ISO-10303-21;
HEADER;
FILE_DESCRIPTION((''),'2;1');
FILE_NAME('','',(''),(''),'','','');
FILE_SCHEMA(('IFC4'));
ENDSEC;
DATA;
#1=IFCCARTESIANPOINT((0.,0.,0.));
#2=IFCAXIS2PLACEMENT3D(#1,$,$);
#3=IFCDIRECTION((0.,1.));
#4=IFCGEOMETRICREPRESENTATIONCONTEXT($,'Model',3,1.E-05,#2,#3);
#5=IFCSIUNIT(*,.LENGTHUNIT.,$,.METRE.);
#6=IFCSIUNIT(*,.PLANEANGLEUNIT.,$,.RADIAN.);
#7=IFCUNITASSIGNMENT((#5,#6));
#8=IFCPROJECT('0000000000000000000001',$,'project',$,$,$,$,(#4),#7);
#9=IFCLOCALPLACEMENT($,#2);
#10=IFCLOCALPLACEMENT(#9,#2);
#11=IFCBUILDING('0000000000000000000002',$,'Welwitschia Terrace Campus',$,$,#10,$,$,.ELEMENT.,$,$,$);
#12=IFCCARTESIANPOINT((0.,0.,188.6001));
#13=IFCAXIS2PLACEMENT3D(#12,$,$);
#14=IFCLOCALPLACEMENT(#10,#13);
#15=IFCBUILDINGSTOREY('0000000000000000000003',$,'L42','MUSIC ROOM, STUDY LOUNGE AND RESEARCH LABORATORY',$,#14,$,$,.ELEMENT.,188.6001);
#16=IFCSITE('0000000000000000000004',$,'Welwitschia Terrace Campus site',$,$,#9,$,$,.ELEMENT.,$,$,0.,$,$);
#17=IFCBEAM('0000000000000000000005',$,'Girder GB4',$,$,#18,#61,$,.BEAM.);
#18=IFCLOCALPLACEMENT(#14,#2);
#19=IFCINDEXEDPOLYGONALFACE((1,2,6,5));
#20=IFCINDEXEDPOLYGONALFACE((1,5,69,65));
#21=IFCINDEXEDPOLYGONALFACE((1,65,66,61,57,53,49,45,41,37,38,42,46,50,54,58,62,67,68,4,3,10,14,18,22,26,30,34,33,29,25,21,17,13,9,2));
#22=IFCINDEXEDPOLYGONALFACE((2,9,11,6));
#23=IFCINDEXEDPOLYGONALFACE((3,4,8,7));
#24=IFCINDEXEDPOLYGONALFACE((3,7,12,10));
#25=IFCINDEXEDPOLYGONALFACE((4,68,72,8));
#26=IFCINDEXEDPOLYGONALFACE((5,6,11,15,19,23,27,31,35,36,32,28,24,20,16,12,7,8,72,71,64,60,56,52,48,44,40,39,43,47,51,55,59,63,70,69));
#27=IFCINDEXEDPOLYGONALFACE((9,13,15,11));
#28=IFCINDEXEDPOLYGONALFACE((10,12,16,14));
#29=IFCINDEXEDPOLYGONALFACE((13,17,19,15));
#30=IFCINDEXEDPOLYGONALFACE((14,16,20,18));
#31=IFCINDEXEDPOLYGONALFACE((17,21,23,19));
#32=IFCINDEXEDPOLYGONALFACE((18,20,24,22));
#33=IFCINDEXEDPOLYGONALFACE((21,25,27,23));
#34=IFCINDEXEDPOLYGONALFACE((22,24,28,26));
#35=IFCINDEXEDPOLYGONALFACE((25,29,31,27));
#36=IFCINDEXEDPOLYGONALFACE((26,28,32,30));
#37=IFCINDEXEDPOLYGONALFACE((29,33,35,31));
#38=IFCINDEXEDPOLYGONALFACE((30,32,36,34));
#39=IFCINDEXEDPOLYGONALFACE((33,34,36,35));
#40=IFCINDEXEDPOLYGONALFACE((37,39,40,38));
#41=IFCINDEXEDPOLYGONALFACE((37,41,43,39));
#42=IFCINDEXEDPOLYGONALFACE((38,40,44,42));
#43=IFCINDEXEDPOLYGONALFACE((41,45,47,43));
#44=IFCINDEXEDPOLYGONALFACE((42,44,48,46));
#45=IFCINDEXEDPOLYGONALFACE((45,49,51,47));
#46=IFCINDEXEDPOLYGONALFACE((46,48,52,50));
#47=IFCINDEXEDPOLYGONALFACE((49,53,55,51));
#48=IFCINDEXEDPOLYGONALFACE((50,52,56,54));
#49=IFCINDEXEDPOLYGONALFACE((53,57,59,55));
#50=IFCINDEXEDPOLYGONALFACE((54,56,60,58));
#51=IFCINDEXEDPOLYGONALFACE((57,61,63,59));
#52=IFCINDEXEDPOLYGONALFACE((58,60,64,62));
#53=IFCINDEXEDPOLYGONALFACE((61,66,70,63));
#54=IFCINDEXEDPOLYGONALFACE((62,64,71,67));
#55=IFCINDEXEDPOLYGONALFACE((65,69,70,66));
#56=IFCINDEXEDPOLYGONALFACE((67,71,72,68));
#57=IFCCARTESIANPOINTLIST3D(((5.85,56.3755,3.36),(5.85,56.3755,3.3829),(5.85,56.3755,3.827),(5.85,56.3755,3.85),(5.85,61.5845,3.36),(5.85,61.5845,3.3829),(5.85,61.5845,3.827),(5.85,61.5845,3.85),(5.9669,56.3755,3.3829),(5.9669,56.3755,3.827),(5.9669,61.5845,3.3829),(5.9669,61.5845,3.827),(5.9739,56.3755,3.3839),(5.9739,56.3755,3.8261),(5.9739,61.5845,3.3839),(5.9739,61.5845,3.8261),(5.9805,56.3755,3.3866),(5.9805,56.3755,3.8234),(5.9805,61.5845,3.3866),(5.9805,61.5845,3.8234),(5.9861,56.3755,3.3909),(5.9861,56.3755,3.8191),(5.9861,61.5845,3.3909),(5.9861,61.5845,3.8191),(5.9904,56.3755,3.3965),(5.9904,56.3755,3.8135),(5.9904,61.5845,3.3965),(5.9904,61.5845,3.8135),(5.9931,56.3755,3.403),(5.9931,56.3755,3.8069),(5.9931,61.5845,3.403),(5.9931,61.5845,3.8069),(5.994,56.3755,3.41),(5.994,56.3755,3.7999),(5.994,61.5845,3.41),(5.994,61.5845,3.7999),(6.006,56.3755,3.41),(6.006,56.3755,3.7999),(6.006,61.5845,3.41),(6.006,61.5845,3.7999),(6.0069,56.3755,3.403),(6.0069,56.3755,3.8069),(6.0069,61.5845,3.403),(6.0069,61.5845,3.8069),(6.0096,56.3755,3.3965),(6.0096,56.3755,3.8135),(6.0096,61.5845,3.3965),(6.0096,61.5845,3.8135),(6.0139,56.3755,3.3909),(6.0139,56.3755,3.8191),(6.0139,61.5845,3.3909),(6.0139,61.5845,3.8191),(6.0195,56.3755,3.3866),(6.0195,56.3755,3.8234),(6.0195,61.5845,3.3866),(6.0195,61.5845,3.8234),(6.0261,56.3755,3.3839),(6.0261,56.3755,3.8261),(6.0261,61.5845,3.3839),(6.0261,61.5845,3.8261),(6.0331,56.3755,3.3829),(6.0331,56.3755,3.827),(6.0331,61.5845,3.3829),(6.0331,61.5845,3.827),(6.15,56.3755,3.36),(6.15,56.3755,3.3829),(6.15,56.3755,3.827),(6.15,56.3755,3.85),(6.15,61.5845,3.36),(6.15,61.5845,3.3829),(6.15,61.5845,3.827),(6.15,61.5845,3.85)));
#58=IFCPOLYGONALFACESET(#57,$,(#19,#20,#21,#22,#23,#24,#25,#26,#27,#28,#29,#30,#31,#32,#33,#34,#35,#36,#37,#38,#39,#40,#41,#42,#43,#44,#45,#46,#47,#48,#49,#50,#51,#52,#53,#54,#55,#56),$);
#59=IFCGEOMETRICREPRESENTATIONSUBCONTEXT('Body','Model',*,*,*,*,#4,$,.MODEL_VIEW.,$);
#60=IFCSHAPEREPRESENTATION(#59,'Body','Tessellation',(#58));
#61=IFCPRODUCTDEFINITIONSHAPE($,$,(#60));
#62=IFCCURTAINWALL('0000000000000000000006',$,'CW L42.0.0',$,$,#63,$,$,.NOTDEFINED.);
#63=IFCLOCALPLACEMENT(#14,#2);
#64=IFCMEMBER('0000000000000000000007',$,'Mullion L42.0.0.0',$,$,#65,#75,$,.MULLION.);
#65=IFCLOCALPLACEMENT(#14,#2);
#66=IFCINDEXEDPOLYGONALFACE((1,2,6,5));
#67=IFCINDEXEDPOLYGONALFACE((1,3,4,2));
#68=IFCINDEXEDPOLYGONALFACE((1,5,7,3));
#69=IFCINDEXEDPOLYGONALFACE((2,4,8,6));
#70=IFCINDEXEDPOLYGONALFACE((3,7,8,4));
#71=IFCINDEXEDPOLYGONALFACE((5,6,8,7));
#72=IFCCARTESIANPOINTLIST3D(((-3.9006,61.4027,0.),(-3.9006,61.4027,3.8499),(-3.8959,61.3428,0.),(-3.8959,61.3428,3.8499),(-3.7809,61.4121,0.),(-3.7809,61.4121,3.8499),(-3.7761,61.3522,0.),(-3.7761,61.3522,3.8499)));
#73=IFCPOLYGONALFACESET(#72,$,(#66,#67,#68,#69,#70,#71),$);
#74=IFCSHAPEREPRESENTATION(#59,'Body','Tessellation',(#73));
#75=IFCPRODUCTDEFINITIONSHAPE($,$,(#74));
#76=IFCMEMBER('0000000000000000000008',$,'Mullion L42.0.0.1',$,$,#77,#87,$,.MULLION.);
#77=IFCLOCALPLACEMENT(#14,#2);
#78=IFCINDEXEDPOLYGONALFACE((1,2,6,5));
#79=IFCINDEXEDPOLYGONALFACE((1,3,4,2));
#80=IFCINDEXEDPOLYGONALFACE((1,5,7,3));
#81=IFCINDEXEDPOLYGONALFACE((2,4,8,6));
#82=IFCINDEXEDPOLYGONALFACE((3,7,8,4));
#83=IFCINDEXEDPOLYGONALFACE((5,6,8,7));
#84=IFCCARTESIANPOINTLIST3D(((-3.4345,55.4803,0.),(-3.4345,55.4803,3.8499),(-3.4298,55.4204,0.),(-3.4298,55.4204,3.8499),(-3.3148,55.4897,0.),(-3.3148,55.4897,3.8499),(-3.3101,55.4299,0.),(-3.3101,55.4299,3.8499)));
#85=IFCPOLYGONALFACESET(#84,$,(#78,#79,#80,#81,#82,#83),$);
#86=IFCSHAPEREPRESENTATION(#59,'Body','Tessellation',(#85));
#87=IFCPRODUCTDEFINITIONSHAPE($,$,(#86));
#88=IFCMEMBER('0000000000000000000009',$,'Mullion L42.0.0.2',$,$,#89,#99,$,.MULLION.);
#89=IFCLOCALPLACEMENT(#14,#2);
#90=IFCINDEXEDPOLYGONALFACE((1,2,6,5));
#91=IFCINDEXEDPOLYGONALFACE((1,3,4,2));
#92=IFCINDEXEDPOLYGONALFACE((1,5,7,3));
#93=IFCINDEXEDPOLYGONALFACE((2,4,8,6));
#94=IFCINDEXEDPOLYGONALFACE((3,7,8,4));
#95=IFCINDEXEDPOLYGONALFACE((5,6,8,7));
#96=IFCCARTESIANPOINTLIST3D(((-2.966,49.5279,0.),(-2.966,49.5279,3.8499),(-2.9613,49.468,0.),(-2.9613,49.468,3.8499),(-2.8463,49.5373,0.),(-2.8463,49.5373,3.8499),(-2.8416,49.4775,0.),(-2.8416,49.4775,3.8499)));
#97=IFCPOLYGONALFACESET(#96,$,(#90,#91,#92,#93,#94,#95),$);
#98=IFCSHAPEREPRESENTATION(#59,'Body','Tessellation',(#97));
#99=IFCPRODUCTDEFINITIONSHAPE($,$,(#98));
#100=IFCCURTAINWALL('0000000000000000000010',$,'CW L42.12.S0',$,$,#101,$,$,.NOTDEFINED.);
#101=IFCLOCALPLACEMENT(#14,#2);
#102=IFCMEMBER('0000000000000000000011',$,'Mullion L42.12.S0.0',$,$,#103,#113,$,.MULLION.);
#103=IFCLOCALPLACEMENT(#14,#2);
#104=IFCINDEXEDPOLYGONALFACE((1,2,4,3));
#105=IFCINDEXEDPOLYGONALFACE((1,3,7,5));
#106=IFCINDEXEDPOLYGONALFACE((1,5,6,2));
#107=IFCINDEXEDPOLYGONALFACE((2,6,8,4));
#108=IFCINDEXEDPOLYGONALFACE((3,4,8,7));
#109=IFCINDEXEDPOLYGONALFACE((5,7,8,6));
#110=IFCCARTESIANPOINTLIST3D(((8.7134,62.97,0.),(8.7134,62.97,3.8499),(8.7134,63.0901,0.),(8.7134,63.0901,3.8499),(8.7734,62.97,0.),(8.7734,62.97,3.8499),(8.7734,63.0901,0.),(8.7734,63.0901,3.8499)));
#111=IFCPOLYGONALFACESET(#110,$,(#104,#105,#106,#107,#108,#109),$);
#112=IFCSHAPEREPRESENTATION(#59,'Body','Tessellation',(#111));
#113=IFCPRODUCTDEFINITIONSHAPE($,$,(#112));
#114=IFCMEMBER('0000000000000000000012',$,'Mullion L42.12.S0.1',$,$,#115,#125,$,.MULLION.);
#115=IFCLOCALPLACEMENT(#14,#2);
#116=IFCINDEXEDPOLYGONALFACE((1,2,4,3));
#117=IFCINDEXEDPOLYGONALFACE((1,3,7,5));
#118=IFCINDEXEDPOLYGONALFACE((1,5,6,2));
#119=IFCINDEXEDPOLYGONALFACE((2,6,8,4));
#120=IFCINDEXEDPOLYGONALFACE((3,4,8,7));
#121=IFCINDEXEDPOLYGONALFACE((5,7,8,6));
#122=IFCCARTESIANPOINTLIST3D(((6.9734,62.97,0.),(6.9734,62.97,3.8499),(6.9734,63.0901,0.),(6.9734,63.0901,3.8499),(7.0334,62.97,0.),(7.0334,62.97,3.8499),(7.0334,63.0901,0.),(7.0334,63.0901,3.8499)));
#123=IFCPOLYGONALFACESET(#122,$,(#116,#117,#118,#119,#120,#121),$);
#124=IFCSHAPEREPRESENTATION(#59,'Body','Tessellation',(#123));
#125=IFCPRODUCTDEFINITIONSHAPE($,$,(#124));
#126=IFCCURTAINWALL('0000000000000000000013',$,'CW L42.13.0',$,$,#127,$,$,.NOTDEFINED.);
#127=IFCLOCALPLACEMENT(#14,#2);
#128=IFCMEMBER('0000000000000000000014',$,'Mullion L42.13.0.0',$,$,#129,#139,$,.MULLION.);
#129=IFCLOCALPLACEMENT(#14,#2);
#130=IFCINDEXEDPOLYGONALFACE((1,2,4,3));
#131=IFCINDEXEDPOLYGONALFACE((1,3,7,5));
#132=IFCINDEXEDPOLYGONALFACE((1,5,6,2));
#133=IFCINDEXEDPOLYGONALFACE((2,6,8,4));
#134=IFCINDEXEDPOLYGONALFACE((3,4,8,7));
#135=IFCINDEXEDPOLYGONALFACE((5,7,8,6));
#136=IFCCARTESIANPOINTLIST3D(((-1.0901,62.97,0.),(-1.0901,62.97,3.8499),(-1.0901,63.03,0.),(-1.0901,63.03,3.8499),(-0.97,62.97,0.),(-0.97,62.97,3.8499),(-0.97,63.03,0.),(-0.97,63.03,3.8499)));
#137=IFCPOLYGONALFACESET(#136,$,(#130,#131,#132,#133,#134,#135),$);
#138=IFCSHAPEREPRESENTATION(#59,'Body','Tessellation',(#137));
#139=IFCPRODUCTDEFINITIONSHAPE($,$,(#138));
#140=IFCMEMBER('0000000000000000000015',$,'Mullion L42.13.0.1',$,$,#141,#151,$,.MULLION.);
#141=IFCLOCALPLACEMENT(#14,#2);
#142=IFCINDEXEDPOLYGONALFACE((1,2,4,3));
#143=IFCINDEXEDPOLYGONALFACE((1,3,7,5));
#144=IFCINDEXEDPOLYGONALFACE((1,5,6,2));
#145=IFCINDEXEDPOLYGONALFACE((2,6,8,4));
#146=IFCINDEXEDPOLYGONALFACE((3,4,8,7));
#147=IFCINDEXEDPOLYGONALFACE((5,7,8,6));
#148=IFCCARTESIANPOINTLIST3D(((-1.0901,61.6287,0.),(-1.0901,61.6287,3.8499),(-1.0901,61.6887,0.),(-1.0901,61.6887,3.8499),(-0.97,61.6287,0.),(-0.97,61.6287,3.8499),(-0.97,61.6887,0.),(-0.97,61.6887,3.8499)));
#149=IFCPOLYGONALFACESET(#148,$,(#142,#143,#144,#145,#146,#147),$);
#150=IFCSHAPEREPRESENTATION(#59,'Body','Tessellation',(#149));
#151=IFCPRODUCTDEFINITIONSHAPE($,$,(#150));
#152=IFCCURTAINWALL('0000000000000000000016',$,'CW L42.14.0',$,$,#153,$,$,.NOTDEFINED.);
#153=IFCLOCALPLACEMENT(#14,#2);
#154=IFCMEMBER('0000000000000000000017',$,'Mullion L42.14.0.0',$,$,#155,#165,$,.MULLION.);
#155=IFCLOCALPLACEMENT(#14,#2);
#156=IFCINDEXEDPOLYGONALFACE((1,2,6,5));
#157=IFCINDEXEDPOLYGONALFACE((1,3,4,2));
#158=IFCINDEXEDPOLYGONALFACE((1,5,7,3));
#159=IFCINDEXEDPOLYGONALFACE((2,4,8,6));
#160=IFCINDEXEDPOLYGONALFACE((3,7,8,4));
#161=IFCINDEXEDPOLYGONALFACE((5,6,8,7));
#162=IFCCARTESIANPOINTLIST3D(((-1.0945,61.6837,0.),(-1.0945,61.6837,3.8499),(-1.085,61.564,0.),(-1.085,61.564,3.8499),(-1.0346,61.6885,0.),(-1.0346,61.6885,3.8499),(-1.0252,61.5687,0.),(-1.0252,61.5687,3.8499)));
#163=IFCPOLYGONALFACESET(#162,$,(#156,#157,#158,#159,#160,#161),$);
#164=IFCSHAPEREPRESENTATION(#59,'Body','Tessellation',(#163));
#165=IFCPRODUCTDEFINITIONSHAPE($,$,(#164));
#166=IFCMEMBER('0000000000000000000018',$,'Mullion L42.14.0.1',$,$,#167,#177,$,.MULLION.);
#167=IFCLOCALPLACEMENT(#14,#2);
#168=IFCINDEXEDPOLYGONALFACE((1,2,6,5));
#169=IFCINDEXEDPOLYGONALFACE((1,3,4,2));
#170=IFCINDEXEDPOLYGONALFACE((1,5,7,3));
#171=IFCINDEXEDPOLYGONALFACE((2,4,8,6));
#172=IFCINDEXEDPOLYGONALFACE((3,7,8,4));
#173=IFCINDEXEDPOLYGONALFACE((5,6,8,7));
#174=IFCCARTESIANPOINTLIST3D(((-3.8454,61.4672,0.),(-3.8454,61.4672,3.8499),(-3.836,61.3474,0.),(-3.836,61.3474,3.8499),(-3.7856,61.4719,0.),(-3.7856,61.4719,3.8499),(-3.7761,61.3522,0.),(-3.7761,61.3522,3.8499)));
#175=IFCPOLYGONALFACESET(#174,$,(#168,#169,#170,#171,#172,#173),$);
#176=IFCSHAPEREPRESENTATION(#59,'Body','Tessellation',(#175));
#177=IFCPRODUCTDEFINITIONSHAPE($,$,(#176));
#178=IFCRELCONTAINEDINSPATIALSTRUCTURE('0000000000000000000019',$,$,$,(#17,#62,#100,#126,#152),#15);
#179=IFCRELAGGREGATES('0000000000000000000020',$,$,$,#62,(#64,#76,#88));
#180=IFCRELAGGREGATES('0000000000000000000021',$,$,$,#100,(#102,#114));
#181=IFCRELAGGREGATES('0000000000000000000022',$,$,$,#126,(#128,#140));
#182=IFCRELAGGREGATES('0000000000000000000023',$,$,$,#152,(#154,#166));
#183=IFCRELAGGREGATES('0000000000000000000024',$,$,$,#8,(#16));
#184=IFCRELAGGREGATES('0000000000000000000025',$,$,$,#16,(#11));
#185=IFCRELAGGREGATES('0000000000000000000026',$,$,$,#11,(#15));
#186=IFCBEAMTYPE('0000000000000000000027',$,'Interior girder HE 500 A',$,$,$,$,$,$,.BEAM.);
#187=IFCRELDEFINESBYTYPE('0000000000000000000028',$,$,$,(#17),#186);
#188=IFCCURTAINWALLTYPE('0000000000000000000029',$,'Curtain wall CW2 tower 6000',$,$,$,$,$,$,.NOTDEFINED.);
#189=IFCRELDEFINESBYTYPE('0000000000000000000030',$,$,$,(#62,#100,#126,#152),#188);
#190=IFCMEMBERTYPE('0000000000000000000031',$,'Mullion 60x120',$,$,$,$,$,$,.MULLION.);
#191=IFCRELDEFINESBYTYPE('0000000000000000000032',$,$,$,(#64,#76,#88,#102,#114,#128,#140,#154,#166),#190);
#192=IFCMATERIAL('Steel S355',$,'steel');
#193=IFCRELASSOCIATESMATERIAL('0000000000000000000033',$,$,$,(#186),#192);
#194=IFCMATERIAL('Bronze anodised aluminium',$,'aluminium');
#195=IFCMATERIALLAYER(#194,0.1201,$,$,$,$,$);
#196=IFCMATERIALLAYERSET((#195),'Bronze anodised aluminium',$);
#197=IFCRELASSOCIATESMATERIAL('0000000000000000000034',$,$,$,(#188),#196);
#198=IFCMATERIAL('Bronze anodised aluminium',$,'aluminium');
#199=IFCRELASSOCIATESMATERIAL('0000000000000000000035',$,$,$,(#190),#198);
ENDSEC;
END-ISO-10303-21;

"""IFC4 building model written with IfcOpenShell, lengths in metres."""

from ifc_helpers import new_model, si_unit, direction, frame, origin, origin_2d, place, context, subcontext, project, spatial, rectangle, i_section, extrude, material, layer, layer_set, material_profile, profile_set, type_object, element, aggregate, save


model = new_model("IFC4")

# Units and contexts
model_context = context("Model", 3, precision=1e-05, world=origin(), true_north=direction((0.0, 1.0)))
body_context = subcontext(model_context, "Body", "Model", "MODEL_VIEW")
ifc_project = project(units=[si_unit("LENGTHUNIT", "METRE"), si_unit("PLANEANGLEUNIT", "RADIAN")], contexts=[model_context])

# Site, building, storey
site_placement = place(None, origin())
site = spatial("IfcSite", under=ifc_project, at=site_placement, Name="Welwitschia Terrace Campus site", CompositionType="ELEMENT", RefElevation=0.0)
building_placement = place(site_placement, origin())
building = spatial("IfcBuilding", under=site, at=building_placement, Name="Welwitschia Terrace Campus", CompositionType="ELEMENT")
storey_placement = place(building_placement, frame((0.0, 0.0, 188.6001)))
storey = spatial("IfcBuildingStorey", under=building, at=storey_placement, Name="L42", Description="MUSIC ROOM, STUDY LOUNGE AND RESEARCH LABORATORY", CompositionType="ELEMENT", Elevation=188.6001)

# Beam
ifc_material_1 = material(Name="Steel S355", Category="steel")
ifc_material_profile_1 = material_profile(ifc_material_1, i_section(OverallWidth=0.3, OverallDepth=0.49, WebThickness=0.012, FlangeThickness=0.0229, FilletRadius=0.0271, at=origin_2d()))
ifc_profile_set_1 = profile_set([ifc_material_profile_1], Name="Steel S355")
beam_type_1 = type_object("IfcBeamType", Name="Interior girder HE 500 A", PredefinedType="BEAM", material=ifc_profile_set_1)
beam_1_placement = place(storey_placement, frame((6.0, 56.3755, 3.605), z_axis=(0.0, 1.0, 0.0), x_axis=(-1.0, 0.0, 0.0)))
element("IfcBeam", 1, at=beam_1_placement, inside=storey, type_object=beam_type_1, Name="Girder GB4", PredefinedType="BEAM", context=body_context, shape_type="SweptSolid", body=[
    extrude(i_section(OverallWidth=0.3, OverallDepth=0.49, WebThickness=0.012, FlangeThickness=0.0229, FilletRadius=0.0271, at=origin_2d()), origin(), (0.0, 0.0, 1.0), 5.209),
])

# Curtain walls, members
ifc_material_2 = material(Name="Bronze anodised aluminium", Category="aluminium")
ifc_layer_1 = layer(ifc_material_2, 0.1201)
ifc_layer_set_1 = layer_set([ifc_layer_1], Name="Bronze anodised aluminium")
curtain_wall_type = type_object("IfcCurtainWallType", Name="Curtain wall CW2 tower 6000", PredefinedType="NOTDEFINED", material=ifc_layer_set_1)
curtain_wall_1_placement = place(storey_placement, origin())
curtain_wall_1 = element("IfcCurtainWall", 2, at=curtain_wall_1_placement, inside=storey, type_object=curtain_wall_type, Name="CW L42.0.0", PredefinedType="NOTDEFINED")
ifc_material_3 = material(Name="Bronze anodised aluminium", Category="aluminium")
ifc_material_profile_2 = material_profile(ifc_material_3, rectangle(XDim=0.1201, YDim=0.0601, at=origin_2d()))
ifc_profile_set_2 = profile_set([ifc_material_profile_2], Name="Bronze anodised aluminium")
member_type_1 = type_object("IfcMemberType", Name="Mullion 60x120", PredefinedType="MULLION", material=ifc_profile_set_2)
member_1_placement = place(storey_placement, frame((-3.8384, 61.3774, 0.0), z_axis=(0.0, 0.0, 1.0), x_axis=(0.996917, 0.078459, 0.0)))
member_1 = element("IfcMember", 3, at=member_1_placement, type_object=member_type_1, Name="Mullion L42.0.0.0", PredefinedType="MULLION", context=body_context, shape_type="SweptSolid", body=[
    extrude(rectangle(XDim=0.1201, YDim=0.0601, at=origin_2d()), origin(), (0.0, 0.0, 1.0), 3.8499),
])
member_2_placement = place(storey_placement, frame((-3.3723, 55.4551, 0.0), z_axis=(0.0, 0.0, 1.0), x_axis=(0.996917, 0.078459, 0.0)))
member_2 = element("IfcMember", 4, at=member_2_placement, type_object=member_type_1, Name="Mullion L42.0.0.1", PredefinedType="MULLION", context=body_context, shape_type="SweptSolid", body=[
    extrude(rectangle(XDim=0.1201, YDim=0.0601, at=origin_2d()), origin(), (0.0, 0.0, 1.0), 3.8499),
])
member_3_placement = place(storey_placement, frame((-2.9038, 49.5027, 0.0), z_axis=(0.0, 0.0, 1.0), x_axis=(0.996917, 0.078459, 0.0)))
member_3 = element("IfcMember", 5, at=member_3_placement, type_object=member_type_1, Name="Mullion L42.0.0.2", PredefinedType="MULLION", context=body_context, shape_type="SweptSolid", body=[
    extrude(rectangle(XDim=0.1201, YDim=0.0601, at=origin_2d()), origin(), (0.0, 0.0, 1.0), 3.8499),
])
curtain_wall_2_placement = place(storey_placement, origin())
curtain_wall_2 = element("IfcCurtainWall", 6, at=curtain_wall_2_placement, inside=storey, type_object=curtain_wall_type, Name="CW L42.12.S0", PredefinedType="NOTDEFINED")
member_4_placement = place(storey_placement, frame((8.7434, 63.03, 0.0), z_axis=(0.0, 0.0, 1.0), x_axis=(0.0, -1.0, 0.0)))
member_4 = element("IfcMember", 7, at=member_4_placement, type_object=member_type_1, Name="Mullion L42.12.S0.0", PredefinedType="MULLION", context=body_context, shape_type="SweptSolid", body=[
    extrude(rectangle(XDim=0.1201, YDim=0.0601, at=origin_2d()), origin(), (0.0, 0.0, 1.0), 3.8499),
])
member_5_placement = place(storey_placement, frame((7.0034, 63.03, 0.0), z_axis=(0.0, 0.0, 1.0), x_axis=(0.0, -1.0, 0.0)))
member_5 = element("IfcMember", 8, at=member_5_placement, type_object=member_type_1, Name="Mullion L42.12.S0.1", PredefinedType="MULLION", context=body_context, shape_type="SweptSolid", body=[
    extrude(rectangle(XDim=0.1201, YDim=0.0601, at=origin_2d()), origin(), (0.0, 0.0, 1.0), 3.8499),
])
curtain_wall_3_placement = place(storey_placement, origin())
curtain_wall_3 = element("IfcCurtainWall", 9, at=curtain_wall_3_placement, inside=storey, type_object=curtain_wall_type, Name="CW L42.13.0", PredefinedType="NOTDEFINED")
member_6_placement = place(storey_placement, frame((-1.03, 63.0, 0.0), z_axis=(0.0, 0.0, 1.0), x_axis=(1.0, 0.0, 0.0)))
member_6 = element("IfcMember", 10, at=member_6_placement, type_object=member_type_1, Name="Mullion L42.13.0.0", PredefinedType="MULLION", context=body_context, shape_type="SweptSolid", body=[
    extrude(rectangle(XDim=0.1201, YDim=0.0601, at=origin_2d()), origin(), (0.0, 0.0, 1.0), 3.8499),
])
member_7_placement = place(storey_placement, frame((-1.03, 61.6587, 0.0), z_axis=(0.0, 0.0, 1.0), x_axis=(1.0, 0.0, 0.0)))
member_7 = element("IfcMember", 11, at=member_7_placement, type_object=member_type_1, Name="Mullion L42.13.0.1", PredefinedType="MULLION", context=body_context, shape_type="SweptSolid", body=[
    extrude(rectangle(XDim=0.1201, YDim=0.0601, at=origin_2d()), origin(), (0.0, 0.0, 1.0), 3.8499),
])
curtain_wall_4_placement = place(storey_placement, origin())
curtain_wall_4 = element("IfcCurtainWall", 12, at=curtain_wall_4_placement, inside=storey, type_object=curtain_wall_type, Name="CW L42.14.0", PredefinedType="NOTDEFINED")
member_8_placement = place(storey_placement, frame((-1.0598, 61.6262, 0.0), z_axis=(0.0, 0.0, 1.0), x_axis=(0.078459, -0.996917, 0.0)))
member_8 = element("IfcMember", 13, at=member_8_placement, type_object=member_type_1, Name="Mullion L42.14.0.0", PredefinedType="MULLION", context=body_context, shape_type="SweptSolid", body=[
    extrude(rectangle(XDim=0.1201, YDim=0.0601, at=origin_2d()), origin(), (0.0, 0.0, 1.0), 3.8499),
])
member_9_placement = place(storey_placement, frame((-3.8108, 61.4097, 0.0), z_axis=(0.0, 0.0, 1.0), x_axis=(0.078459, -0.996917, 0.0)))
member_9 = element("IfcMember", 14, at=member_9_placement, type_object=member_type_1, Name="Mullion L42.14.0.1", PredefinedType="MULLION", context=body_context, shape_type="SweptSolid", body=[
    extrude(rectangle(XDim=0.1201, YDim=0.0601, at=origin_2d()), origin(), (0.0, 0.0, 1.0), 3.8499),
])

aggregate(curtain_wall_1, [member_1, member_2, member_3])
aggregate(curtain_wall_2, [member_4, member_5])
aggregate(curtain_wall_3, [member_6, member_7])
aggregate(curtain_wall_4, [member_8, member_9])

save(model, "model.ifc")
